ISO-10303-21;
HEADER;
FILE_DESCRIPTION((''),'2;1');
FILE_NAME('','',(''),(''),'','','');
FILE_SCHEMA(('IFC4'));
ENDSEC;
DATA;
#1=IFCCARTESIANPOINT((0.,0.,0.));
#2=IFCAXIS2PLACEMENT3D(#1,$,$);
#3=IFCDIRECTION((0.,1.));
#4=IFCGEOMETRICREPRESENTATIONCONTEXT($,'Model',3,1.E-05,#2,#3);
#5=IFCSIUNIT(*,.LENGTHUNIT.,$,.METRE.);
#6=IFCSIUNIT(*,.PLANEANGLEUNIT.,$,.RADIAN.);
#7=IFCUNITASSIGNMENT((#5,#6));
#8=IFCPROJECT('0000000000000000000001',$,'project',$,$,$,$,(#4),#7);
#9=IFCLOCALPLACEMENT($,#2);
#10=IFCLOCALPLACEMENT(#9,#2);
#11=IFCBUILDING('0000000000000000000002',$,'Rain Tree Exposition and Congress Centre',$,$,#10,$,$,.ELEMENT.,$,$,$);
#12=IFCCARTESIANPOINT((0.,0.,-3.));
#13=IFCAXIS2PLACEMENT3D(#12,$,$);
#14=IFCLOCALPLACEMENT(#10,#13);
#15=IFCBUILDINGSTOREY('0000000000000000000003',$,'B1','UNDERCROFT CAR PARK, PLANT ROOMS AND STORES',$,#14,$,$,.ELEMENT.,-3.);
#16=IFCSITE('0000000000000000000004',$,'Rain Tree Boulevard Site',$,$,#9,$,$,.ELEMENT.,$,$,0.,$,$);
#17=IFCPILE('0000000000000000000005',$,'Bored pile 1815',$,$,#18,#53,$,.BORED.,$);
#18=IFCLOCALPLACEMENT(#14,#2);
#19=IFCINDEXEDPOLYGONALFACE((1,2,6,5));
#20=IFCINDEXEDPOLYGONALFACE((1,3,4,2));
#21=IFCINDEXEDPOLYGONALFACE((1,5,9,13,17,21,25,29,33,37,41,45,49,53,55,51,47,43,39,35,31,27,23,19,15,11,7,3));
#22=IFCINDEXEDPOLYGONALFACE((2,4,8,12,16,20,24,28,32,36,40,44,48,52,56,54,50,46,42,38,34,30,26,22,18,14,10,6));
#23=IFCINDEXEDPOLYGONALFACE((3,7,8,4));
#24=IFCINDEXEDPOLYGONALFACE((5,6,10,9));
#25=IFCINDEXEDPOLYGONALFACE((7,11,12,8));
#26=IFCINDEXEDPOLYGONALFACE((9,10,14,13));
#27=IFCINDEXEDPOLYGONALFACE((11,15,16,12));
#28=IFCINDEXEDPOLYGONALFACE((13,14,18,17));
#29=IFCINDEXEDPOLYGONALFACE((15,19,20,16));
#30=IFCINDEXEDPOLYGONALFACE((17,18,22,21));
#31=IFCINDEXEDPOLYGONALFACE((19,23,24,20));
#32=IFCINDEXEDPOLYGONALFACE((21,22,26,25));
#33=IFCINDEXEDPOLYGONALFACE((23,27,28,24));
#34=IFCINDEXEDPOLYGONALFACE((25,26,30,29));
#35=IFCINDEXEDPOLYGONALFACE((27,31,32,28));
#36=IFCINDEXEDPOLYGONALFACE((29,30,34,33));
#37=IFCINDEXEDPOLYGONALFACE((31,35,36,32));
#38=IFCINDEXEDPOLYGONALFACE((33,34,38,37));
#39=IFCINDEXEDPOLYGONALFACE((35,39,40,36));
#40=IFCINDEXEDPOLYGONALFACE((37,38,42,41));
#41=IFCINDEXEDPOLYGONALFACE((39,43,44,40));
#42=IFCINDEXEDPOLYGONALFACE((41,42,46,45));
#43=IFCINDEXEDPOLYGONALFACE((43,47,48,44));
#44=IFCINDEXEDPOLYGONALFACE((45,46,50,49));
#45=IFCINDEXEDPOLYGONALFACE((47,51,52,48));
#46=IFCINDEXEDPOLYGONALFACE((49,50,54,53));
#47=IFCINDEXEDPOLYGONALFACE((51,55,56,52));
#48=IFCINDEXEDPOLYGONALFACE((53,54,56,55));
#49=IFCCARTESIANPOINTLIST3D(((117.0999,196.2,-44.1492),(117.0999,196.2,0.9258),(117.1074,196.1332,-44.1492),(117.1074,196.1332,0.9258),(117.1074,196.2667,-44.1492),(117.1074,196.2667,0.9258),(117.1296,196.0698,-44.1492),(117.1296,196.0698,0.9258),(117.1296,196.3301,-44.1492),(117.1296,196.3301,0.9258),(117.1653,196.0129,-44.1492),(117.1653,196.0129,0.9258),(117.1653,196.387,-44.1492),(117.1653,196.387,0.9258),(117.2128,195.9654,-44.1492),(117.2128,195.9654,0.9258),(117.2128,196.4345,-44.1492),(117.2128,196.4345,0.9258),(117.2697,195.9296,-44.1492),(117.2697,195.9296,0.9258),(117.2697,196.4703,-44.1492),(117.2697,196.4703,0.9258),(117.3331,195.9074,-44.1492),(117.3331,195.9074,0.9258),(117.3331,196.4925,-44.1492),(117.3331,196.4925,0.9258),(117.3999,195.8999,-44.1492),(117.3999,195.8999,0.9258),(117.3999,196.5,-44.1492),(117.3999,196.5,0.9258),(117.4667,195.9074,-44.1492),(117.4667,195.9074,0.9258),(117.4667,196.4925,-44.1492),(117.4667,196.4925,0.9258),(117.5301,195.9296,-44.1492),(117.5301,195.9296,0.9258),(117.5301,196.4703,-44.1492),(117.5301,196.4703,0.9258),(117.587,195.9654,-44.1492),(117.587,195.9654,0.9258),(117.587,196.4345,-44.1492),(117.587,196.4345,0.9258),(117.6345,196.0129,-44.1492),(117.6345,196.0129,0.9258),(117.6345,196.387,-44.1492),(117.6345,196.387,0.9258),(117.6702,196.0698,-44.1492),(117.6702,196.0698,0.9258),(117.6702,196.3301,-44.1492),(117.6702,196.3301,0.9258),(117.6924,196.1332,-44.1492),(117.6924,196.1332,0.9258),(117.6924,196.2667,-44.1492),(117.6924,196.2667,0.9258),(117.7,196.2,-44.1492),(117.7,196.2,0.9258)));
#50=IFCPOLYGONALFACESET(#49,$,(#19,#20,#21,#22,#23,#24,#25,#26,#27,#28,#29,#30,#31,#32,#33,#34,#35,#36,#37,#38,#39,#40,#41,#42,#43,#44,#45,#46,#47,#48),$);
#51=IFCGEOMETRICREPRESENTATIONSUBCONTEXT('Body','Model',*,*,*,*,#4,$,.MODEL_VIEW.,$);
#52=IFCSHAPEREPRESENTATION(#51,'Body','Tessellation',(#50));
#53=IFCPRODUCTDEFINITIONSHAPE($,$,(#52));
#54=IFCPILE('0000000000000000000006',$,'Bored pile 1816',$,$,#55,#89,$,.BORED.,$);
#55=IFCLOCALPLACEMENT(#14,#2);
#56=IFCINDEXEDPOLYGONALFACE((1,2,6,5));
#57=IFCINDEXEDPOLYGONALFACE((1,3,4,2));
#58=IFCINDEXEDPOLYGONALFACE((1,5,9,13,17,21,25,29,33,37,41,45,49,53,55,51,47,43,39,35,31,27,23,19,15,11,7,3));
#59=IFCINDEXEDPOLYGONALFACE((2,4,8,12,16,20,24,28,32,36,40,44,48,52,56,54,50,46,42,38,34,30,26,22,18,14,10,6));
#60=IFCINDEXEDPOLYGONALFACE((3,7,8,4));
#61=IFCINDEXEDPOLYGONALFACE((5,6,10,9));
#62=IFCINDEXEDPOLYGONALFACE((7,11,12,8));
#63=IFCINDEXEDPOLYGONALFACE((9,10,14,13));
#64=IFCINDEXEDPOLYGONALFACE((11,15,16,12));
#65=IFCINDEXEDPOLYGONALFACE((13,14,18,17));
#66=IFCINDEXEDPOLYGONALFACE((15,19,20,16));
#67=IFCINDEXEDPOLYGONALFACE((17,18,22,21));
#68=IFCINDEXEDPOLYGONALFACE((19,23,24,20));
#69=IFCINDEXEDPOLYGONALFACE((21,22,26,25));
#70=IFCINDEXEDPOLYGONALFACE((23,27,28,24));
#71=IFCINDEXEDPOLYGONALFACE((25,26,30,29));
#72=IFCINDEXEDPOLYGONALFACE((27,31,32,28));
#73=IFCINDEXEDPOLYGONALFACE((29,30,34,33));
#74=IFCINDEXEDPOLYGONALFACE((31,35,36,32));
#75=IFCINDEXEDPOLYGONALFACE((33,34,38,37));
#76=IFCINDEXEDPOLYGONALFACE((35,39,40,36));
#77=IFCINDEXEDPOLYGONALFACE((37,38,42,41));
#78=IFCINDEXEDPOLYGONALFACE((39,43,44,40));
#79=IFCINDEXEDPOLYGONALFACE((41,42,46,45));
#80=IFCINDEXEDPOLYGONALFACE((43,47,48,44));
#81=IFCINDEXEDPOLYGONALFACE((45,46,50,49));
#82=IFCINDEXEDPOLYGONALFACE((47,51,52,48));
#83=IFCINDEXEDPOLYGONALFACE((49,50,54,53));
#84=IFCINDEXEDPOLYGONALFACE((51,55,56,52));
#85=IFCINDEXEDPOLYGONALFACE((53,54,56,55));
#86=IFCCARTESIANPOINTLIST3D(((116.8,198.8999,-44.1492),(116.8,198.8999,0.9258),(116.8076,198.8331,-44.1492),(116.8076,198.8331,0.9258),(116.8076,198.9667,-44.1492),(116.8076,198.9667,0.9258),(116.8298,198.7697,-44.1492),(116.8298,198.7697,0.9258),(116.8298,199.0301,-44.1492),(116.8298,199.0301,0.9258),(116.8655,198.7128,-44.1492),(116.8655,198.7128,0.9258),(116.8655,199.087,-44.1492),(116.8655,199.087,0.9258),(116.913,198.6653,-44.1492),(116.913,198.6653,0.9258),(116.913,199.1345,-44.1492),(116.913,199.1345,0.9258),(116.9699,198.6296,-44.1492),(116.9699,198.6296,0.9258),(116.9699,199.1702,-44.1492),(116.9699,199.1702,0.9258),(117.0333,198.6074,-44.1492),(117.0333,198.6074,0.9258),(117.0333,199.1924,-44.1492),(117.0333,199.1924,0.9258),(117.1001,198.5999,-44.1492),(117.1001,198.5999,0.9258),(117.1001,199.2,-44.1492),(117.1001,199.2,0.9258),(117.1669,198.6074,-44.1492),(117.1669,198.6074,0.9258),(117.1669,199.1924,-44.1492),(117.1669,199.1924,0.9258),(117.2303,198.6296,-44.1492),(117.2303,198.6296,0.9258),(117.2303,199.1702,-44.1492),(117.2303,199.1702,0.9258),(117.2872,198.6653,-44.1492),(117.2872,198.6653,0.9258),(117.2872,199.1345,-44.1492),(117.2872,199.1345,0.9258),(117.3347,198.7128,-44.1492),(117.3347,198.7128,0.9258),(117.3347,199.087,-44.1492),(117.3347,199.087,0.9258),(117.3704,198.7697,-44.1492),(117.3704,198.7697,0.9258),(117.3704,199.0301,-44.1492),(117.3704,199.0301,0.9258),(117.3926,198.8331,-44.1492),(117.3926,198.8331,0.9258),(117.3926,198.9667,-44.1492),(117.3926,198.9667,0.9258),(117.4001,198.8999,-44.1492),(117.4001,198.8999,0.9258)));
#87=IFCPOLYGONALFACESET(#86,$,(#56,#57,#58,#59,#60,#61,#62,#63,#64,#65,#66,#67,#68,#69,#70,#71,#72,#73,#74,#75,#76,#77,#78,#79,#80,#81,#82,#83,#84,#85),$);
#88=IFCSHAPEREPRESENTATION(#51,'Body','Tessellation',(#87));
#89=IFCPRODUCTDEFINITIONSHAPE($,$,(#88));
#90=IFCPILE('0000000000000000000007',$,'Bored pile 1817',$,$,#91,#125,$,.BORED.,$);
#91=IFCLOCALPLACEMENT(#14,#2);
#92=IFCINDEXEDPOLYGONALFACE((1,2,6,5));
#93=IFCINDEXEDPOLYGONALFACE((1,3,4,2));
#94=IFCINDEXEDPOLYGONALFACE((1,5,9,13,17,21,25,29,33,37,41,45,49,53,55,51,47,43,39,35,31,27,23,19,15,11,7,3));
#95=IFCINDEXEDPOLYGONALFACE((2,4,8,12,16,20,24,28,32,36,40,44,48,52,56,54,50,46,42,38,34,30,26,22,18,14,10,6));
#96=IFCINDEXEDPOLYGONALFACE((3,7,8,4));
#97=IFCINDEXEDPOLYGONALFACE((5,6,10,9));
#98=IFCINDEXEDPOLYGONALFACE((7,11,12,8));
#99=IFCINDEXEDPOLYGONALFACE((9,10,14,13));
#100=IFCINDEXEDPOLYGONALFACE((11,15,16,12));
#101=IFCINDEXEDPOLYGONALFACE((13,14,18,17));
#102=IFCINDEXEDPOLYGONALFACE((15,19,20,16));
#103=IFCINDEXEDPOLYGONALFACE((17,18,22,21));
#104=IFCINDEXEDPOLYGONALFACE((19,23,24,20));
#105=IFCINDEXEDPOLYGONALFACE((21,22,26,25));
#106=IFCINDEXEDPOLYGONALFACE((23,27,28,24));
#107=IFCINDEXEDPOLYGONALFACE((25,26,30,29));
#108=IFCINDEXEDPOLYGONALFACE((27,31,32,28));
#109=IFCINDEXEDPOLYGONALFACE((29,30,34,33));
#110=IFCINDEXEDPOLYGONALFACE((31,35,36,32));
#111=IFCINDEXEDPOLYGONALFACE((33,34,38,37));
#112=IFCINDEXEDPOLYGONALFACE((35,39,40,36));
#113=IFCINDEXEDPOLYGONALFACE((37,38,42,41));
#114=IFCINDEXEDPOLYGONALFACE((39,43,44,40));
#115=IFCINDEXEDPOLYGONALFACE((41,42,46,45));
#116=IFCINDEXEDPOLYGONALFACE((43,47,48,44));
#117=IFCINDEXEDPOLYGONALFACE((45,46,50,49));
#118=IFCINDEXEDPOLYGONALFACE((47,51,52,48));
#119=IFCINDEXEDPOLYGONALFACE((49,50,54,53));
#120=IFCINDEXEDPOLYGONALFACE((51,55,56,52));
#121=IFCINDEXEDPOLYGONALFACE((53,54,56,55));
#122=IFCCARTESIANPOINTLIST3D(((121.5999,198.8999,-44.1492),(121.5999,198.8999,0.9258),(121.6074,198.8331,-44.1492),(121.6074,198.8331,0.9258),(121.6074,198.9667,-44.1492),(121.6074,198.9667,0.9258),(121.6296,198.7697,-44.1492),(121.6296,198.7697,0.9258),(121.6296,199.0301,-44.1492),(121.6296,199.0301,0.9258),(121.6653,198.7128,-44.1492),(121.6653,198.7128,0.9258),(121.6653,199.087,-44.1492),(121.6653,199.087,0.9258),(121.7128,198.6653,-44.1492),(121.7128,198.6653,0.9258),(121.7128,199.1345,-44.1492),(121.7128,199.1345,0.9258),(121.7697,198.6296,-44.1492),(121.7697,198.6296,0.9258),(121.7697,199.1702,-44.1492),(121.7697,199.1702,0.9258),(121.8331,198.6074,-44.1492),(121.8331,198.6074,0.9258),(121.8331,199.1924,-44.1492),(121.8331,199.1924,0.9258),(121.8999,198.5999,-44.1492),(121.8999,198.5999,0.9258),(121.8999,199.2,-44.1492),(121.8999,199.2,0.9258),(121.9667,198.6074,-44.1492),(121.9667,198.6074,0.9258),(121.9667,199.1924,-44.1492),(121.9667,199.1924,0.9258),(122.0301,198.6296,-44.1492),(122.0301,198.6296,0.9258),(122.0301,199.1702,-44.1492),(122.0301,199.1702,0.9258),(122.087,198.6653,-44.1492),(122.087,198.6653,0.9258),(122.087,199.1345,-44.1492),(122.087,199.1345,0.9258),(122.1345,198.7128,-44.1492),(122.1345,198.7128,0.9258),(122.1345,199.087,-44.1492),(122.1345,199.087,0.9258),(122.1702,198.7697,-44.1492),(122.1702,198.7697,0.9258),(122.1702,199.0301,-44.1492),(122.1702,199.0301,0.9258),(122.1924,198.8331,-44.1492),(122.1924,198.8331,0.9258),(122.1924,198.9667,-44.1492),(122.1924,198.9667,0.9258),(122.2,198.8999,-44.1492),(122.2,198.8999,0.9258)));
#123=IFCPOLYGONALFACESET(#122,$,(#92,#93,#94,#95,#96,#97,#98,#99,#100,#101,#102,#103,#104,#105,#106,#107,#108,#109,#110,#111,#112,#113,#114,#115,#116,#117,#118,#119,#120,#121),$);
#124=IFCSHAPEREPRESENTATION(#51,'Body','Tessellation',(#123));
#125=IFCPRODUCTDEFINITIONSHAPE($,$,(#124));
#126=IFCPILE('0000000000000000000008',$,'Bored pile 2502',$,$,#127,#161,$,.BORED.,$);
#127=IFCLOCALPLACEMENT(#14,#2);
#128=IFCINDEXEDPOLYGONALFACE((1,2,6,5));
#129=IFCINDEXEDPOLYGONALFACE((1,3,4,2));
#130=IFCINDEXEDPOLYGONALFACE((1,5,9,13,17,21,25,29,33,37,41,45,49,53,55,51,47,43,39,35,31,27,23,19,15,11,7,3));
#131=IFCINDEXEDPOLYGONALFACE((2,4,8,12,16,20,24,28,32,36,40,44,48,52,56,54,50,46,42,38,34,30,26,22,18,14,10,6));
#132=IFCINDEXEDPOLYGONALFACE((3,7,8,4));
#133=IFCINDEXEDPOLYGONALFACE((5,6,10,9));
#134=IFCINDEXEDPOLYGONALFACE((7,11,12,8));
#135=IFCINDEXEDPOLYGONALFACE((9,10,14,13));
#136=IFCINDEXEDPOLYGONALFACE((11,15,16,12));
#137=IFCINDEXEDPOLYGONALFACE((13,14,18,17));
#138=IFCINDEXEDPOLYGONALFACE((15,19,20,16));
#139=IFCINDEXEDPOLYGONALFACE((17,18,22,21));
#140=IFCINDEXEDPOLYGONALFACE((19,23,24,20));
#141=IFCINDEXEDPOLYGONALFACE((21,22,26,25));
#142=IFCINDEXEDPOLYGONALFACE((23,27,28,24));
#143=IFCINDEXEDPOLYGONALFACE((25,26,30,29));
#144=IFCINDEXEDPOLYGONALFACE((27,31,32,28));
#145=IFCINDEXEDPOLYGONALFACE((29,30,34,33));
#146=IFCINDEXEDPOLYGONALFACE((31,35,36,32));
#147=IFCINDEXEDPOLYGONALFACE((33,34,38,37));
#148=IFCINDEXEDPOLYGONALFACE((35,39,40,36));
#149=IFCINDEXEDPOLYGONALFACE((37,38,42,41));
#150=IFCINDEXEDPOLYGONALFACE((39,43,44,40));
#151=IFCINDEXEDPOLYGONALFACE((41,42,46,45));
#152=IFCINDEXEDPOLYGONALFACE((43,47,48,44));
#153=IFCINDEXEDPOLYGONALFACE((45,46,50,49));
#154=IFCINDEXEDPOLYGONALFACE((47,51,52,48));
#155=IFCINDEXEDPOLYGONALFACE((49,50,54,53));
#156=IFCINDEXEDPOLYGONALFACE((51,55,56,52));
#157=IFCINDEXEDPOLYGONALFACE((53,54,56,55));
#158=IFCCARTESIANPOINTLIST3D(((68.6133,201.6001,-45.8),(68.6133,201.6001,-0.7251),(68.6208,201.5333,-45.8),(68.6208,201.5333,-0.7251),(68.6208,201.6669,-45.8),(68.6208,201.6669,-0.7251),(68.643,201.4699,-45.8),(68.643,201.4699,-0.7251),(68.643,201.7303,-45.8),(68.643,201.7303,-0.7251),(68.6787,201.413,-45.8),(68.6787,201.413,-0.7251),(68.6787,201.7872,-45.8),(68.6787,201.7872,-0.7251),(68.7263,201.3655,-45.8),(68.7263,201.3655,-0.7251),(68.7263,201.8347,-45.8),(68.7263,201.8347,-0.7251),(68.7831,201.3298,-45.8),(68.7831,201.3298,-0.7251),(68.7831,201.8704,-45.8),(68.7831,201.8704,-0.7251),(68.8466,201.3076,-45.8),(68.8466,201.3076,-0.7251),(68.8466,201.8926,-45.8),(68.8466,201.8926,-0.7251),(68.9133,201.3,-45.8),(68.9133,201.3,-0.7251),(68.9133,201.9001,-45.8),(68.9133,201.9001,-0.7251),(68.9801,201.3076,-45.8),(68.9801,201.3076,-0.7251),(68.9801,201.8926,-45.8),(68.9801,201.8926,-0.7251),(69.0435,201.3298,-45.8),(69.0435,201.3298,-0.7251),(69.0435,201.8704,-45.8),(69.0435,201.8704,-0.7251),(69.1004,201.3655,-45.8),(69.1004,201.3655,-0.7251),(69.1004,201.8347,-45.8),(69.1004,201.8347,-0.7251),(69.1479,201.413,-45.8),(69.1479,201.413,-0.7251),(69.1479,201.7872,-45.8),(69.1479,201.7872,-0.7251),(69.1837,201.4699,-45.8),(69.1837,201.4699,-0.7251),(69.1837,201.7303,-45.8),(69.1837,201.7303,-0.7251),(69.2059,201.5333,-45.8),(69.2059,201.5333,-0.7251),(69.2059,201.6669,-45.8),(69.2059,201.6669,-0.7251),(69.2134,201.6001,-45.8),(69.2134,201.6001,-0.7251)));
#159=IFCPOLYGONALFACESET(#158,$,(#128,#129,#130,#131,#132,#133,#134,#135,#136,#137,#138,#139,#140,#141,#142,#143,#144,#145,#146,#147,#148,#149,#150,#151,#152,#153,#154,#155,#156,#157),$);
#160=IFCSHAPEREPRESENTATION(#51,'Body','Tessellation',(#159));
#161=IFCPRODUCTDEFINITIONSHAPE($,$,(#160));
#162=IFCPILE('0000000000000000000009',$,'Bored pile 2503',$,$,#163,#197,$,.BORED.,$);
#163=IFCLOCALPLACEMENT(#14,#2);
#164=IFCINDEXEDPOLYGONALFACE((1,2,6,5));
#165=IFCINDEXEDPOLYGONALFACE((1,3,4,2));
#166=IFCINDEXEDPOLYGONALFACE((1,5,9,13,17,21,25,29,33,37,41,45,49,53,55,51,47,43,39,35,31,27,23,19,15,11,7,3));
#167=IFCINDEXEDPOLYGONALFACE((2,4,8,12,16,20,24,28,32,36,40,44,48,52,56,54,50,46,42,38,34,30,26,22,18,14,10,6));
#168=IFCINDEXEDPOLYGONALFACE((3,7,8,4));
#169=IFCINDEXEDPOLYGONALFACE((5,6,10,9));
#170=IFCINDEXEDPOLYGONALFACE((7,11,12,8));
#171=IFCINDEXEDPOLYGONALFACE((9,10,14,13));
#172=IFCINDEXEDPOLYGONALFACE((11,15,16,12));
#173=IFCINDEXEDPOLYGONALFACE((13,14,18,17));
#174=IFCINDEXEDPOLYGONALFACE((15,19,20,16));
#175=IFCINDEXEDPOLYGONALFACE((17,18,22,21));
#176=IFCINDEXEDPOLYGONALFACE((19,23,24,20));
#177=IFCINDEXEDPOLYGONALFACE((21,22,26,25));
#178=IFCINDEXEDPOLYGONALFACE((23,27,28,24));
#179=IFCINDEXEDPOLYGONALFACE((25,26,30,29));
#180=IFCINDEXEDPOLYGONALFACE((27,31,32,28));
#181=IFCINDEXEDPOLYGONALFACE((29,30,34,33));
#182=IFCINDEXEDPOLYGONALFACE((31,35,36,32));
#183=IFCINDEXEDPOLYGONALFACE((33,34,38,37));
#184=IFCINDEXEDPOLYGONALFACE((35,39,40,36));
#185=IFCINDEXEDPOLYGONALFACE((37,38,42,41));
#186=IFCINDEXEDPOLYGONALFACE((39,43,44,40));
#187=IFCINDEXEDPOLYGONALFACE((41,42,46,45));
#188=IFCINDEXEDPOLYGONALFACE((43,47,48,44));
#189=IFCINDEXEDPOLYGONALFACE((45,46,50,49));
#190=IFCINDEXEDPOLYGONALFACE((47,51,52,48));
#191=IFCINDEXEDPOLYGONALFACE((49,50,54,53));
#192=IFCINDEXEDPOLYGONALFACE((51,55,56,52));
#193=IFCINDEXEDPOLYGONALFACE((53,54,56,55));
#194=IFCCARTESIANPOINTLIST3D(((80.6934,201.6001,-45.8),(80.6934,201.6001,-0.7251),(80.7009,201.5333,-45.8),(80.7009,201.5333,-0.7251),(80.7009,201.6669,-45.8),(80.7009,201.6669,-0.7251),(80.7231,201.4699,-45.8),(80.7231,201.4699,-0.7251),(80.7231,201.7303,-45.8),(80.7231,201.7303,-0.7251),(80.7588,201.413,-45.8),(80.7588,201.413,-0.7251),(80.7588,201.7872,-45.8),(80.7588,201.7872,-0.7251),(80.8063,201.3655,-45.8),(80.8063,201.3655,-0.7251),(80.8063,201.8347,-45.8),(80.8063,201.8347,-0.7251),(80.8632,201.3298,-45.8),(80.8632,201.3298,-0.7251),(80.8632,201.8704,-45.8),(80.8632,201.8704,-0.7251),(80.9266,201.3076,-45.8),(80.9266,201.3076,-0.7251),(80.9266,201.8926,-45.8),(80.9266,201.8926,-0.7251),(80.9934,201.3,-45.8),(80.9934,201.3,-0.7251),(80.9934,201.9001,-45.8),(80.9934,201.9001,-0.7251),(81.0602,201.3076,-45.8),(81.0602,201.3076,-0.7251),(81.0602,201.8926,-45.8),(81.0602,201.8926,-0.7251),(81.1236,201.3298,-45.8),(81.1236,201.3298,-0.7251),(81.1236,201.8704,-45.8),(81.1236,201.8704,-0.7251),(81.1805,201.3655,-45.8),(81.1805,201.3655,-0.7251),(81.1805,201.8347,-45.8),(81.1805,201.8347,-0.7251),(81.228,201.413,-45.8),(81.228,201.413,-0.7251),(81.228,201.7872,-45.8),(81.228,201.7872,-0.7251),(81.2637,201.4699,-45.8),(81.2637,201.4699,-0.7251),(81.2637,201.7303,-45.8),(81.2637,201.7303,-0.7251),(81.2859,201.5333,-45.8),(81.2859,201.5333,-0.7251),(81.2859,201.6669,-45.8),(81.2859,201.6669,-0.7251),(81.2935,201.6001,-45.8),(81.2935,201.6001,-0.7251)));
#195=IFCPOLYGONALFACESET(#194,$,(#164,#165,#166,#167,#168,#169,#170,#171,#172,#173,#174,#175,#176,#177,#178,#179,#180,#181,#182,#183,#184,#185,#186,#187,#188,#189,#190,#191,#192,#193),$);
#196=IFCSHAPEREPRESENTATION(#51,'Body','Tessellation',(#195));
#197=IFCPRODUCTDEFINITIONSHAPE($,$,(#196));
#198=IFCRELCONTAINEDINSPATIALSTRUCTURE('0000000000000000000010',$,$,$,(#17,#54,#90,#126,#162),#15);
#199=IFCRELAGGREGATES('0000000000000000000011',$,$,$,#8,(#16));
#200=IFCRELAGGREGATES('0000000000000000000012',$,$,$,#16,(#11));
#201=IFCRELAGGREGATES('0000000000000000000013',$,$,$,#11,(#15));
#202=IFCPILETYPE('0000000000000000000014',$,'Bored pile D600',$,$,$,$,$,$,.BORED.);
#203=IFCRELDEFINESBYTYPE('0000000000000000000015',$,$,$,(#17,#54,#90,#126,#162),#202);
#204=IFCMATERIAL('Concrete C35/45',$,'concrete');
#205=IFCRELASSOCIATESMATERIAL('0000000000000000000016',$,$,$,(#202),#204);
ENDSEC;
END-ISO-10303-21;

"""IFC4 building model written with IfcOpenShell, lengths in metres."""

from ifc_helpers import new_model, si_unit, direction, frame, origin, origin_2d, place, context, subcontext, project, spatial, circle, extrude, material, material_profile, profile_set, type_object, element, save


model = new_model("IFC4")

# Units and contexts
model_context = context("Model", 3, precision=1e-05, world=origin(), true_north=direction((0.0, 1.0)))
body_context = subcontext(model_context, "Body", "Model", "MODEL_VIEW")
ifc_project = project(units=[si_unit("LENGTHUNIT", "METRE"), si_unit("PLANEANGLEUNIT", "RADIAN")], contexts=[model_context])

# Site, building, storey
site_placement = place(None, origin())
site = spatial("IfcSite", under=ifc_project, at=site_placement, Name="Rain Tree Boulevard Site", CompositionType="ELEMENT", RefElevation=0.0)
building_placement = place(site_placement, origin())
building = spatial("IfcBuilding", under=site, at=building_placement, Name="Rain Tree Exposition and Congress Centre", CompositionType="ELEMENT")
storey_placement = place(building_placement, frame((0.0, 0.0, -3.0)))
storey = spatial("IfcBuildingStorey", under=building, at=storey_placement, Name="B1", Description="UNDERCROFT CAR PARK, PLANT ROOMS AND STORES", CompositionType="ELEMENT", Elevation=-3.0)

# Piles
ifc_material_1 = material(Name="Concrete C35/45", Category="concrete")
ifc_material_profile_1 = material_profile(ifc_material_1, circle(Radius=0.3, at=origin_2d()), Name="D600")
ifc_profile_set_1 = profile_set([ifc_material_profile_1], Name="Concrete C35/45")
pile_type_1 = type_object("IfcPileType", Name="Bored pile D600", PredefinedType="BORED", material=ifc_profile_set_1)
for number, where, z_axis, x_axis, name in (
    (1, (117.3999, 196.2, 0.9258), (0.0, 0.0, -1.0), (1.0, 0.0, 0.0), "Bored pile 1815"),
    (2, (117.1001, 198.8999, 0.9258), (0.0, 0.0, -1.0), (1.0, 0.0, 0.0), "Bored pile 1816"),
    (3, (121.8999, 198.8999, 0.9258), (0.0, 0.0, -1.0), (1.0, 0.0, 0.0), "Bored pile 1817"),
    (4, (68.9133, 201.6001, -0.7251), (0.0, 0.0, -1.0), (1.0, 0.0, 0.0), "Bored pile 2502"),
    (5, (80.9934, 201.6001, -0.7251), (0.0, 0.0, -1.0), (1.0, 0.0, 0.0), "Bored pile 2503"),
):
    element("IfcPile", number, at=place(storey_placement, frame(where, z_axis=z_axis, x_axis=x_axis)), inside=storey, type_object=pile_type_1, Name=name, PredefinedType="BORED", context=body_context, shape_type="SweptSolid", body=[
        extrude(circle(Radius=0.3, at=origin_2d()), origin(), (0.0, 0.0, 1.0), 45.075),
    ])

save(model, "model.ifc")
